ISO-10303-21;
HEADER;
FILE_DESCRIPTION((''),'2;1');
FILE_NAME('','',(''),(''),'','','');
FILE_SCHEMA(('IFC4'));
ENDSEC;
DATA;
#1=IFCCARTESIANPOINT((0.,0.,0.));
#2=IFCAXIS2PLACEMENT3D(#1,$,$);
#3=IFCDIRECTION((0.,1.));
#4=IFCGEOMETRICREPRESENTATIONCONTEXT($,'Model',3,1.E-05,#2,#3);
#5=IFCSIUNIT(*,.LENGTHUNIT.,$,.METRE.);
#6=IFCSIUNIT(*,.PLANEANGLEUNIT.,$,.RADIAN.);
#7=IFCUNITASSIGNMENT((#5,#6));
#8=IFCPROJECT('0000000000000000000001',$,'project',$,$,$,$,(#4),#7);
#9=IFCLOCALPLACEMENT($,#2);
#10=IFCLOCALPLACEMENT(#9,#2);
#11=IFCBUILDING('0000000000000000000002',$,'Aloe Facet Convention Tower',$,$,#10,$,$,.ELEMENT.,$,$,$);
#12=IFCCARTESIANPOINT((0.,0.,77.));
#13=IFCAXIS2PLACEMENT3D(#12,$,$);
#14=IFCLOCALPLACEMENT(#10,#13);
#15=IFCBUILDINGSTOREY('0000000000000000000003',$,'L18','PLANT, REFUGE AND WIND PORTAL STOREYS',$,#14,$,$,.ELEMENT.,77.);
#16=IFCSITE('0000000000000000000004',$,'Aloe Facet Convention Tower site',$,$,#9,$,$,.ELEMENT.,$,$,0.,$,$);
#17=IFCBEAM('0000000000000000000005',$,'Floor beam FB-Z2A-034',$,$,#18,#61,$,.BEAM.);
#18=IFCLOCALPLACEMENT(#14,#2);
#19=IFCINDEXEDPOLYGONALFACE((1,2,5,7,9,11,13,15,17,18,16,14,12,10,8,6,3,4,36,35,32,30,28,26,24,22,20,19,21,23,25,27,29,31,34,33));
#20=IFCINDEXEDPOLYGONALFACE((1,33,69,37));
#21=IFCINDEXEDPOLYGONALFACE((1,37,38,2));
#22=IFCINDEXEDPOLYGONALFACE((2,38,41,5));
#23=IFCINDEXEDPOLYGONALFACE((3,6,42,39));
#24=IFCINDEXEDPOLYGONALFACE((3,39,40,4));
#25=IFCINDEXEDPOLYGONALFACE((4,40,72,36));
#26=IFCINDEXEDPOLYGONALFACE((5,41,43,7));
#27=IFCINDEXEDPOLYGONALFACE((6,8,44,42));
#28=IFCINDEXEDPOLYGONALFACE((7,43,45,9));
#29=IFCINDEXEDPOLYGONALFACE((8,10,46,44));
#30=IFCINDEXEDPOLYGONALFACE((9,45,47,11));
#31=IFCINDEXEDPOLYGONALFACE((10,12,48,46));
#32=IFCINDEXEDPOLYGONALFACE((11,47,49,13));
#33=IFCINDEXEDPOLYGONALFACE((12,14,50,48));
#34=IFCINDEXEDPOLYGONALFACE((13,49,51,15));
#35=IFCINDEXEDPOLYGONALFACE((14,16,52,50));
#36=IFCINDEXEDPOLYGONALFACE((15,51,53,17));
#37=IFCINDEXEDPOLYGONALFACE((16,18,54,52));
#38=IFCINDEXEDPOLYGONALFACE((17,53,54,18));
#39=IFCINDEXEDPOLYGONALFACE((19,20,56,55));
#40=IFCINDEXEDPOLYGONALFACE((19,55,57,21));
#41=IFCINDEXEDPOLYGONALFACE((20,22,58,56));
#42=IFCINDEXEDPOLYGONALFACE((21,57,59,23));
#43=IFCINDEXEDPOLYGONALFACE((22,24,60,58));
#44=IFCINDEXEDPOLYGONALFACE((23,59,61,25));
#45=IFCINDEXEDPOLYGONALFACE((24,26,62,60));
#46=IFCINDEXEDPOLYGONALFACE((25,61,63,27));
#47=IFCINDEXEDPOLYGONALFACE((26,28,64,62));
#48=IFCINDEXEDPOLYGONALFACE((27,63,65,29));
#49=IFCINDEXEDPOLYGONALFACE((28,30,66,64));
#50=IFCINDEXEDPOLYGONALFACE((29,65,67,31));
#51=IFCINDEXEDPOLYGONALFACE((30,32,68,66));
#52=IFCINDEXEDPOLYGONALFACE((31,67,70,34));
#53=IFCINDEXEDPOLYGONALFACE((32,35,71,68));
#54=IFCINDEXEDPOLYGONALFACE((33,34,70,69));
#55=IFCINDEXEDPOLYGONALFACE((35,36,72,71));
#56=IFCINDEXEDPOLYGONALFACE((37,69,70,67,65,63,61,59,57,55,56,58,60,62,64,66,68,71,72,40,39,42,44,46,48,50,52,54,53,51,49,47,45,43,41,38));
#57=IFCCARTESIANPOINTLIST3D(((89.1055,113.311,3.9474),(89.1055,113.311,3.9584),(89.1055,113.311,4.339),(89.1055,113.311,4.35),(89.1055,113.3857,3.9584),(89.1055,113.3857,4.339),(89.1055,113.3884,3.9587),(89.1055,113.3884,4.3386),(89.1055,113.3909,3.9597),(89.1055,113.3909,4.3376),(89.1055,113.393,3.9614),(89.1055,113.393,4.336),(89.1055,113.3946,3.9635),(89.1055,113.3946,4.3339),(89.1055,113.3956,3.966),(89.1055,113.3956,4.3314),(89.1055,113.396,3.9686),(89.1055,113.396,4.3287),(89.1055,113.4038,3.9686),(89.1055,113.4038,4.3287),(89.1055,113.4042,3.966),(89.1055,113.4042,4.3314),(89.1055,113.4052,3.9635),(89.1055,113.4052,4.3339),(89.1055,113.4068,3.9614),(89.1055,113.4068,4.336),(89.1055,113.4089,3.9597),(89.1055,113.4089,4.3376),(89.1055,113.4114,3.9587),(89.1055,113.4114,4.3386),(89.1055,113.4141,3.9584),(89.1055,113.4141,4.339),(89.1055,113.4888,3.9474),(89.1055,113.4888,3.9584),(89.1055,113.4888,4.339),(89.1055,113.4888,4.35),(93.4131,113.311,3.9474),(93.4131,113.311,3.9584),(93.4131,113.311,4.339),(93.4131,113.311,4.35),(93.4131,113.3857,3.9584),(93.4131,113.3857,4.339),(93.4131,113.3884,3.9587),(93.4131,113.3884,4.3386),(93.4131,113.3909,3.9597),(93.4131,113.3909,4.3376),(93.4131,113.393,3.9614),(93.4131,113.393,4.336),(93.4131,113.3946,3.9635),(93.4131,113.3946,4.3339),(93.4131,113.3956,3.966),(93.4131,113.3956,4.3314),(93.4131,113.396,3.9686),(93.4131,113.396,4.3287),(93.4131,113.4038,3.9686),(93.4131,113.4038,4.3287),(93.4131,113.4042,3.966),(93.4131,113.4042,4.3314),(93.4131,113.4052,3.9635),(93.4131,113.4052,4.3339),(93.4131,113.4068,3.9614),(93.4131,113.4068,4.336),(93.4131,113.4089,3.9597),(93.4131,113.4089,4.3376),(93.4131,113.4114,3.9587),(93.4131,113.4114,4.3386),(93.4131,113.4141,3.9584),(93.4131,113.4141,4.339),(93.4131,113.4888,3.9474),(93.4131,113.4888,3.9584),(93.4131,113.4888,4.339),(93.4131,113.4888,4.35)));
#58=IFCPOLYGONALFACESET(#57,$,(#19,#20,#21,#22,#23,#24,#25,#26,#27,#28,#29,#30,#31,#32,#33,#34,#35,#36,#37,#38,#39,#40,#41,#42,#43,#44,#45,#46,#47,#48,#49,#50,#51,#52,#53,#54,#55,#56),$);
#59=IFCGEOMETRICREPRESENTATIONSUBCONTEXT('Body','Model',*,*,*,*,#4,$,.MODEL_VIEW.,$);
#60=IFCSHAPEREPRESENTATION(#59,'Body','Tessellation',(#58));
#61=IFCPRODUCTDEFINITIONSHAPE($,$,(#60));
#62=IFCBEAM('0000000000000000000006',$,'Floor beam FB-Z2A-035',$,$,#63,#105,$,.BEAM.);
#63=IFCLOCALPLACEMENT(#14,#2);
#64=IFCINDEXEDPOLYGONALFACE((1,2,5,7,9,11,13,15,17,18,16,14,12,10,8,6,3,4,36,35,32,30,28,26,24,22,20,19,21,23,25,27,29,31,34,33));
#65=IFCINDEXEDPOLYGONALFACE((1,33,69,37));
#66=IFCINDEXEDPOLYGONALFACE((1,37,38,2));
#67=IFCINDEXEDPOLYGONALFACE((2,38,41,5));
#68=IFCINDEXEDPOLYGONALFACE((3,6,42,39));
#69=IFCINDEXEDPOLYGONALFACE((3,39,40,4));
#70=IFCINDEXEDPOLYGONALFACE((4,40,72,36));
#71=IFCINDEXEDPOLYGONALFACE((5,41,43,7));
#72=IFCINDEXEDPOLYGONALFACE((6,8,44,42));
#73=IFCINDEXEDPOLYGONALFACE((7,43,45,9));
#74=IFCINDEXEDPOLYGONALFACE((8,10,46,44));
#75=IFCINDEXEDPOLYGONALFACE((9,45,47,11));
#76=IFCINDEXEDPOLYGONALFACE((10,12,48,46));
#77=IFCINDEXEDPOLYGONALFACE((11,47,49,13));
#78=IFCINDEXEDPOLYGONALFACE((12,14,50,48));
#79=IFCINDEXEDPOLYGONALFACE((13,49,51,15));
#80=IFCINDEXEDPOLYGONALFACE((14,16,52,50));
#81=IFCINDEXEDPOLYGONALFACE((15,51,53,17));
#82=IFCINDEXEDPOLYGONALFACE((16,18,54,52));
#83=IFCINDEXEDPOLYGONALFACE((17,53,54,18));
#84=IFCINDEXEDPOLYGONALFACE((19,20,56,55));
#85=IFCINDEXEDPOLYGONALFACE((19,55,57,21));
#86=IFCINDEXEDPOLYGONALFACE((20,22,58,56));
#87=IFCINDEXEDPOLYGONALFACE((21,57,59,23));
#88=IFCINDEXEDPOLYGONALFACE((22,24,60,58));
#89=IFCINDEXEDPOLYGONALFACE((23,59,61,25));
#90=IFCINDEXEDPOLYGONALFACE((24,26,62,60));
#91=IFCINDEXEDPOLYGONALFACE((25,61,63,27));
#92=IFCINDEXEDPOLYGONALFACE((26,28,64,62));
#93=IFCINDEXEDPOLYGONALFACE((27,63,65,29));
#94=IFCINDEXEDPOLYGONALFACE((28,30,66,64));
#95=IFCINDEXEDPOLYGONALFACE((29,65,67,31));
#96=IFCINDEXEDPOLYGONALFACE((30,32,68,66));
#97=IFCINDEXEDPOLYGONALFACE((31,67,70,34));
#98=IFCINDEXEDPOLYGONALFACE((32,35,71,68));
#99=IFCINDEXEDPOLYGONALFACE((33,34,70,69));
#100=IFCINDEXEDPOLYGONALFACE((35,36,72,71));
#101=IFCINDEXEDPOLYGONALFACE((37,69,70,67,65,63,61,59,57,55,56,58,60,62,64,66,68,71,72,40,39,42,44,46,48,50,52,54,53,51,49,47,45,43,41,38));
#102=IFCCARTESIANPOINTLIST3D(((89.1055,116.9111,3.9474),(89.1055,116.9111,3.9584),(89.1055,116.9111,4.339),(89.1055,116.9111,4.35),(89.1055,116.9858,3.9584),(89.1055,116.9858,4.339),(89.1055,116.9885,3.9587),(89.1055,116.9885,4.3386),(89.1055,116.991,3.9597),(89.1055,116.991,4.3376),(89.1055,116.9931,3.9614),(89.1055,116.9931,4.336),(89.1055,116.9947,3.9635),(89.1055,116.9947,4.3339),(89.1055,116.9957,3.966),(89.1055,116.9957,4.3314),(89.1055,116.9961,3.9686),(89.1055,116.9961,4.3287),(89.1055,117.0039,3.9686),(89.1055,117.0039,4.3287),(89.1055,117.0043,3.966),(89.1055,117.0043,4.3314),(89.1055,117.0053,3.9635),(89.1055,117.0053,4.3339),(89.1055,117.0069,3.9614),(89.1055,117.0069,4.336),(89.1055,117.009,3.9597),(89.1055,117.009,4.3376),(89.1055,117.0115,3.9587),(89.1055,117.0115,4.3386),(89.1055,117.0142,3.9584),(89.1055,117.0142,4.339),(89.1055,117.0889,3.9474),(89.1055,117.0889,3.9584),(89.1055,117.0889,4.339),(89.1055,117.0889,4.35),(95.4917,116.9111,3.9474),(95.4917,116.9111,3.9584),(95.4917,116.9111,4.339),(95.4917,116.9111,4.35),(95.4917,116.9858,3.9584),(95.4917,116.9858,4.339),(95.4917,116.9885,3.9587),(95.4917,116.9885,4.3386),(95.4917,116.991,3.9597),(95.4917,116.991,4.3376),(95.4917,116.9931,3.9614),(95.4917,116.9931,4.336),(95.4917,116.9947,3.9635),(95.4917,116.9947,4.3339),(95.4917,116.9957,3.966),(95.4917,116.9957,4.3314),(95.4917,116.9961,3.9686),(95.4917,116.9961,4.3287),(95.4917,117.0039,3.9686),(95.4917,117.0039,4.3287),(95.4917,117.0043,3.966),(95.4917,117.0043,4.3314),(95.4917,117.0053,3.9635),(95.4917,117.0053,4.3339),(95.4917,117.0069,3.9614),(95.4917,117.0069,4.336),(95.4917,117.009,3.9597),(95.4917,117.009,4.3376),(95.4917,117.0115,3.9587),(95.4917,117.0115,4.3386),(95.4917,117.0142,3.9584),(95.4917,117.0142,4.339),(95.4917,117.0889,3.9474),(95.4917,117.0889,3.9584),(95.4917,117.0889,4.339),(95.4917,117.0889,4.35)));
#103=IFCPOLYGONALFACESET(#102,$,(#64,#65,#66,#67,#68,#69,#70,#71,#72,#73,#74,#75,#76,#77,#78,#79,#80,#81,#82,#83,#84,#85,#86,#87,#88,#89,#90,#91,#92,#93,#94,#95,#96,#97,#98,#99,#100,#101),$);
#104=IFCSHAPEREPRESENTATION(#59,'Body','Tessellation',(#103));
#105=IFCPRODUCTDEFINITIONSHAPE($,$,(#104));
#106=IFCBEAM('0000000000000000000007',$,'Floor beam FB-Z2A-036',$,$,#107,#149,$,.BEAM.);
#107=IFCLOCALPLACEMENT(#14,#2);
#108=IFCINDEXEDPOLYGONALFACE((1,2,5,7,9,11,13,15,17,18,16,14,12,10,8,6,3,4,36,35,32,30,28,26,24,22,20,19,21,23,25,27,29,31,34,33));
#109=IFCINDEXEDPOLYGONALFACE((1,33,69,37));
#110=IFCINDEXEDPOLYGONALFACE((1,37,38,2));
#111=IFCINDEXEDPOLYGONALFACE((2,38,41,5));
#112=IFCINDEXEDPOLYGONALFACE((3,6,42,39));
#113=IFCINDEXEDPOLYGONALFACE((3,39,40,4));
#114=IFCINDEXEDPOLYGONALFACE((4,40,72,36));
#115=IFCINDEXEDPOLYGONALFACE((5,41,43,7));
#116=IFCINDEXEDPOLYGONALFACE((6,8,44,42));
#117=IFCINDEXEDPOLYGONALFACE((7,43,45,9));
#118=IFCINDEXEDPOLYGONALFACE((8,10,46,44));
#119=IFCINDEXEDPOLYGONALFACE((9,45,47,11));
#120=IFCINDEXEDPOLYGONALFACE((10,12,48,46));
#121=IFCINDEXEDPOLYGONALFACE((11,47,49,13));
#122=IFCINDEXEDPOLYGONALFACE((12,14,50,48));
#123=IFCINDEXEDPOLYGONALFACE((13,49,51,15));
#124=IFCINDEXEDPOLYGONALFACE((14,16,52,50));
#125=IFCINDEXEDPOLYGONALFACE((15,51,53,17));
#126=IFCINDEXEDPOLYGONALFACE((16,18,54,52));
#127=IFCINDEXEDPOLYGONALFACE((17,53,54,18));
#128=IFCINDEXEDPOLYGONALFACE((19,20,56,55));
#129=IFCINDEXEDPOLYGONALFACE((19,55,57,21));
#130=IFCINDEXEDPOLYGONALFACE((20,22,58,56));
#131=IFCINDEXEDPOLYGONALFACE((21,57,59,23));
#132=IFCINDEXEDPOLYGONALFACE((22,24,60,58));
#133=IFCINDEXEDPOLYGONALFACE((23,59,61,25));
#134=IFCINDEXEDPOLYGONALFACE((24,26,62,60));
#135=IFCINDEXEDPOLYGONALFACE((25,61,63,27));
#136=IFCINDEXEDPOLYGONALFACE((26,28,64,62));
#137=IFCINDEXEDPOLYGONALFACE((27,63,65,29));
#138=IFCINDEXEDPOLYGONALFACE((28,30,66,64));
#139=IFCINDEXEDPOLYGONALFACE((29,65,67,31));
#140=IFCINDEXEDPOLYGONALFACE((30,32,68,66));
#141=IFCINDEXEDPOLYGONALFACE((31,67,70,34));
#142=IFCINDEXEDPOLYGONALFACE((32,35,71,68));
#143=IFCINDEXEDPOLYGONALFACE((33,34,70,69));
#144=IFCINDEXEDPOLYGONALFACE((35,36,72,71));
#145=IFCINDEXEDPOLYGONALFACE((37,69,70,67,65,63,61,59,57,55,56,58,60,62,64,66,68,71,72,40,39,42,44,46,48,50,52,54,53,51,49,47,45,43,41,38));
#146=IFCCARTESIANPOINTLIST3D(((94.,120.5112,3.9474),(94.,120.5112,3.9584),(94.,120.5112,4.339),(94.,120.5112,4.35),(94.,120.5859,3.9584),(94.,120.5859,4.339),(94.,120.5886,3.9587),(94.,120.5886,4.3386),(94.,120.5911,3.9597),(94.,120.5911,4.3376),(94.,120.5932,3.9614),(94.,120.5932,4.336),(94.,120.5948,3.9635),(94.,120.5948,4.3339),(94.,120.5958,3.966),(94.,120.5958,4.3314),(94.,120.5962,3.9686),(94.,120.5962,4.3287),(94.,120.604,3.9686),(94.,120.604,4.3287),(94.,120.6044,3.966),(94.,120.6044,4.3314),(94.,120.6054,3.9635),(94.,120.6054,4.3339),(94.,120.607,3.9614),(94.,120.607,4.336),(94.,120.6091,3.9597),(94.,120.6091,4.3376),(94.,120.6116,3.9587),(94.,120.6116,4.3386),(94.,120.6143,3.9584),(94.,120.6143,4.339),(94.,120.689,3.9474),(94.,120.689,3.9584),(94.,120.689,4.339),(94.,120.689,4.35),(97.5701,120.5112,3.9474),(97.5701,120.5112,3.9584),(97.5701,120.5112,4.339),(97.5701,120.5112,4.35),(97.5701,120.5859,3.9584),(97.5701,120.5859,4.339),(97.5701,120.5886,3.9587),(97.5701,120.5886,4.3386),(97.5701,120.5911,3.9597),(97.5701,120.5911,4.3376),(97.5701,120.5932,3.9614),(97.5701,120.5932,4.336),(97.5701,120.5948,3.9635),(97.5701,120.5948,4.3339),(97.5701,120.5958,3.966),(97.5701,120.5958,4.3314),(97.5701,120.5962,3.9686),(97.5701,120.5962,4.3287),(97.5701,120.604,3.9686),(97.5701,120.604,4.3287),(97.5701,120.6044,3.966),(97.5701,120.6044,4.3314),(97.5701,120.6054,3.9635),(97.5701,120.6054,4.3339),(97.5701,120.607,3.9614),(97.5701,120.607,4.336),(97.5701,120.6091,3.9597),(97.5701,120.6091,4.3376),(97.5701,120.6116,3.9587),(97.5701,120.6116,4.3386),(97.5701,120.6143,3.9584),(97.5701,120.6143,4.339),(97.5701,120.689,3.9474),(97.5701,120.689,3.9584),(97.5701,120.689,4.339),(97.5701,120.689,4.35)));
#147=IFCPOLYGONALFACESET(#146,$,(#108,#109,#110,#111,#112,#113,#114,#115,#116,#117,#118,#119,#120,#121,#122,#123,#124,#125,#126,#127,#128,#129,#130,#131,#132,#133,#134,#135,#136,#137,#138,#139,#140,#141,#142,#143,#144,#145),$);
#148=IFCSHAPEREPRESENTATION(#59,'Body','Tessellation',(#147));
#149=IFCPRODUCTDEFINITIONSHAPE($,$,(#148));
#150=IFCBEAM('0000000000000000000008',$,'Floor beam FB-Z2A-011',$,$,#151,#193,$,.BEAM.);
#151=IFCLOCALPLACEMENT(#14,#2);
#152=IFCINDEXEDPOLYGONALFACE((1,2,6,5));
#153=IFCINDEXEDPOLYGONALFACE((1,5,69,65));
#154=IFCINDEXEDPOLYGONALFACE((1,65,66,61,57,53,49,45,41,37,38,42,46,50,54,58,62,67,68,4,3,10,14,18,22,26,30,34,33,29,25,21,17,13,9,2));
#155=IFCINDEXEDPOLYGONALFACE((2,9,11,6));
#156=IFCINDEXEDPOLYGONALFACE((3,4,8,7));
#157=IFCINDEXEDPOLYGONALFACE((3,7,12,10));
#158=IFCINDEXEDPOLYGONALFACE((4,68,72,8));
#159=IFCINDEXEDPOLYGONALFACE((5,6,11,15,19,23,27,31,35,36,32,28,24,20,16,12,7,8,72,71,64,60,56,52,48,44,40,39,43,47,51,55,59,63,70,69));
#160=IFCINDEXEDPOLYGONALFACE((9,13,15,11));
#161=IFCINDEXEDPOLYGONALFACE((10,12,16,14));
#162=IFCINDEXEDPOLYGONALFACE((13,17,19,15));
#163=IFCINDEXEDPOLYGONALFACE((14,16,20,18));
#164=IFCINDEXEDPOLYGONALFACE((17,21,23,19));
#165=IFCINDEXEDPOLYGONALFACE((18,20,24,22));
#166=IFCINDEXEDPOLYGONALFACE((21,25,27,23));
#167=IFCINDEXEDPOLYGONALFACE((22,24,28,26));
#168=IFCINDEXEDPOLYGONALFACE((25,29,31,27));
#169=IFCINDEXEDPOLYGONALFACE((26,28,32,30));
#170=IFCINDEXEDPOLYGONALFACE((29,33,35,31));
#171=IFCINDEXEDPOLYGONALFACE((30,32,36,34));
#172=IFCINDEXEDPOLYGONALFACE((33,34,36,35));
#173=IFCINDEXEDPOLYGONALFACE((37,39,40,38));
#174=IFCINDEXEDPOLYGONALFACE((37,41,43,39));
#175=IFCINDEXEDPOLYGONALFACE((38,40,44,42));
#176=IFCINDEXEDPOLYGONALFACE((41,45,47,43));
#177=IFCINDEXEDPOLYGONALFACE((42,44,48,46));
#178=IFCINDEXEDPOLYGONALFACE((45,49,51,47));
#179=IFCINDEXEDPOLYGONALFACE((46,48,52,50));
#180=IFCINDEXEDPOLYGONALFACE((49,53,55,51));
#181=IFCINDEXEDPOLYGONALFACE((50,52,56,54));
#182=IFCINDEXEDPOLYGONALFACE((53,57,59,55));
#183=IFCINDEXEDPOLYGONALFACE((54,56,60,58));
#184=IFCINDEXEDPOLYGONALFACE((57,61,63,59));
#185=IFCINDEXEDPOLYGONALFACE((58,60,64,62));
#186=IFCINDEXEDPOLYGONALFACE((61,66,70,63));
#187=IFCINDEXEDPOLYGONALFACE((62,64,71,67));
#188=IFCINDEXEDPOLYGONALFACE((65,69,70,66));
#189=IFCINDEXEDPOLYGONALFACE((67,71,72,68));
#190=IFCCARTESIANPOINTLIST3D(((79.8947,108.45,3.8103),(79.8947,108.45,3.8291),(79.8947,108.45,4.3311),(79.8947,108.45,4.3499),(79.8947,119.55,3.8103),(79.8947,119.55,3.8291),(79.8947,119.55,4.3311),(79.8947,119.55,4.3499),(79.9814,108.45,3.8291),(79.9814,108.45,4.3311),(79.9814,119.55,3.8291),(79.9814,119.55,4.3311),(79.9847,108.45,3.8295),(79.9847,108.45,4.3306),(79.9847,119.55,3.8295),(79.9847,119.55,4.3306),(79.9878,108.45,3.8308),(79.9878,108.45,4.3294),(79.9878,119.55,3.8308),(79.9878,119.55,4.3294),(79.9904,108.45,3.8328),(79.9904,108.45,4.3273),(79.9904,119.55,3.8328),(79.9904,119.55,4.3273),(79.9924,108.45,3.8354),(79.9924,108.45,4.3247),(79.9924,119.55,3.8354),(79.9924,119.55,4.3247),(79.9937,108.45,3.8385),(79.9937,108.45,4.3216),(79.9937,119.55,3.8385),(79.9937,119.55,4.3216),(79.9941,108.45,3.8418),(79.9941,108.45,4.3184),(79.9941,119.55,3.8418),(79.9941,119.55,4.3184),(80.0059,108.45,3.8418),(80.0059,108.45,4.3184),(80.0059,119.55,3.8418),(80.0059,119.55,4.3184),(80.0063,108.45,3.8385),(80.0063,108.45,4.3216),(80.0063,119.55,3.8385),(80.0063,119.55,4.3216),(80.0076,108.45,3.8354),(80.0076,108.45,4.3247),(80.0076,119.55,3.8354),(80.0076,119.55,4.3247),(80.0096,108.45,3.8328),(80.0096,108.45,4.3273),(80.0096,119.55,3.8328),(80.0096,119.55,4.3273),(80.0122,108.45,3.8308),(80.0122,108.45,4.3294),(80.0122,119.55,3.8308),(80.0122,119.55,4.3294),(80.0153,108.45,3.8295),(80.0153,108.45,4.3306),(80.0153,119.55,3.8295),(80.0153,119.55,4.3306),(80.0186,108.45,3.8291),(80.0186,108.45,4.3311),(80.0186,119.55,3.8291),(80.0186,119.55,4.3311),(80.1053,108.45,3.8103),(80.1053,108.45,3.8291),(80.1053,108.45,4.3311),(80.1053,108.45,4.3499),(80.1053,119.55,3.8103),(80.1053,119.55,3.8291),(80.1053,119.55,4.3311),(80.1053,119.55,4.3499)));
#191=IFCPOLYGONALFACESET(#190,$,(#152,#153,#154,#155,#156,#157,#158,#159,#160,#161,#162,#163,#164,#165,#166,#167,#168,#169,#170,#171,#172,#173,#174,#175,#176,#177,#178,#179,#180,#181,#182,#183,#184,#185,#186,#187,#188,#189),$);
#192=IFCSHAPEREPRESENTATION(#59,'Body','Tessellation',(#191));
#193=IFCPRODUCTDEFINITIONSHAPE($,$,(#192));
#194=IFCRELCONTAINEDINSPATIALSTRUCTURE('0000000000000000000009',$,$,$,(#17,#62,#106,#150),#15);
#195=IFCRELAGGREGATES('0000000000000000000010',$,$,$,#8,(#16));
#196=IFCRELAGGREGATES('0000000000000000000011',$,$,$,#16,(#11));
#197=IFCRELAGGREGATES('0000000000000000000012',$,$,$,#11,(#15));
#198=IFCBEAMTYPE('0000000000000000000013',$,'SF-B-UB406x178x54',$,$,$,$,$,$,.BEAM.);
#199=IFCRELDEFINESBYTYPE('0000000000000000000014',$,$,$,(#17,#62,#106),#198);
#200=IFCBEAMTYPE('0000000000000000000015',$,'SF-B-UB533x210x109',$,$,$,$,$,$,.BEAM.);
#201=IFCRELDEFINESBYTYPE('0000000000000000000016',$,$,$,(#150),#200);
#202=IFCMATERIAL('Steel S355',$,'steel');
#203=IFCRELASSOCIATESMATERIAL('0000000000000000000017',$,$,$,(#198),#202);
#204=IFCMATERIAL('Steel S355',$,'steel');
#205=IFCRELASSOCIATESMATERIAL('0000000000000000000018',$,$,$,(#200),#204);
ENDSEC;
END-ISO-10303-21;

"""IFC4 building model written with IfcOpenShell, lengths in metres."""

from ifc_helpers import new_model, si_unit, direction, frame, origin, origin_2d, place, context, subcontext, project, spatial, i_section, extrude, material, material_profile, profile_set, type_object, element, save


model = new_model("IFC4")

# Units and contexts
model_context = context("Model", 3, precision=1e-05, world=origin(), true_north=direction((0.0, 1.0)))
body_context = subcontext(model_context, "Body", "Model", "MODEL_VIEW")
ifc_project = project(units=[si_unit("LENGTHUNIT", "METRE"), si_unit("PLANEANGLEUNIT", "RADIAN")], contexts=[model_context])

# Site, building, storey
site_placement = place(None, origin())
site = spatial("IfcSite", under=ifc_project, at=site_placement, Name="Aloe Facet Convention Tower site", CompositionType="ELEMENT", RefElevation=0.0)
building_placement = place(site_placement, origin())
building = spatial("IfcBuilding", under=site, at=building_placement, Name="Aloe Facet Convention Tower", CompositionType="ELEMENT")
storey_placement = place(building_placement, frame((0.0, 0.0, 77.0)))
storey = spatial("IfcBuildingStorey", under=building, at=storey_placement, Name="L18", Description="PLANT, REFUGE AND WIND PORTAL STOREYS", CompositionType="ELEMENT", Elevation=77.0)

# Beams
ifc_material_1 = material(Name="Steel S355", Category="steel")
ifc_material_profile_1 = material_profile(ifc_material_1, i_section(OverallWidth=0.1777, OverallDepth=0.4026, WebThickness=0.0078, FlangeThickness=0.011, FilletRadius=0.0103, at=origin_2d()), Name="UB 406x178x54")
ifc_profile_set_1 = profile_set([ifc_material_profile_1], Name="Steel S355")
beam_type_1 = type_object("IfcBeamType", Name="SF-B-UB406x178x54", PredefinedType="BEAM", material=ifc_profile_set_1)
beam_1_placement = place(storey_placement, frame((89.1055, 113.3999, 4.1487), z_axis=(1.0, 0.0, 0.0), x_axis=(0.0, 1.0, 0.0)))
element("IfcBeam", 1, at=beam_1_placement, inside=storey, type_object=beam_type_1, Name="Floor beam FB-Z2A-034", PredefinedType="BEAM", context=body_context, shape_type="SweptSolid", body=[
    extrude(i_section(OverallWidth=0.1777, OverallDepth=0.4026, WebThickness=0.0078, FlangeThickness=0.011, FilletRadius=0.0103, at=origin_2d()), origin(), (0.0, 0.0, 1.0), 4.3076),
])
beam_2_placement = place(storey_placement, frame((89.1055, 117.0, 4.1487), z_axis=(1.0, 0.0, 0.0), x_axis=(0.0, 1.0, 0.0)))
element("IfcBeam", 2, at=beam_2_placement, inside=storey, type_object=beam_type_1, Name="Floor beam FB-Z2A-035", PredefinedType="BEAM", context=body_context, shape_type="SweptSolid", body=[
    extrude(i_section(OverallWidth=0.1777, OverallDepth=0.4026, WebThickness=0.0078, FlangeThickness=0.011, FilletRadius=0.0103, at=origin_2d()), origin(), (0.0, 0.0, 1.0), 6.3862),
])
beam_3_placement = place(storey_placement, frame((94.0, 120.6001, 4.1487), z_axis=(1.0, 0.0, 0.0), x_axis=(0.0, 1.0, 0.0)))
element("IfcBeam", 3, at=beam_3_placement, inside=storey, type_object=beam_type_1, Name="Floor beam FB-Z2A-036", PredefinedType="BEAM", context=body_context, shape_type="SweptSolid", body=[
    extrude(i_section(OverallWidth=0.1777, OverallDepth=0.4026, WebThickness=0.0078, FlangeThickness=0.011, FilletRadius=0.0103, at=origin_2d()), origin(), (0.0, 0.0, 1.0), 3.5701),
])
ifc_material_2 = material(Name="Steel S355", Category="steel")
ifc_material_profile_2 = material_profile(ifc_material_2, i_section(OverallWidth=0.2107, OverallDepth=0.5396, WebThickness=0.0117, FlangeThickness=0.0188, FilletRadius=0.0127, at=origin_2d()), Name="UB 533x210x109")
ifc_profile_set_2 = profile_set([ifc_material_profile_2], Name="Steel S355")
beam_type_2 = type_object("IfcBeamType", Name="SF-B-UB533x210x109", PredefinedType="BEAM", material=ifc_profile_set_2)
beam_4_placement = place(storey_placement, frame((80.0, 119.55, 4.0801), z_axis=(0.0, -1.0, 0.0), x_axis=(1.0, 0.0, 0.0)))
element("IfcBeam", 4, at=beam_4_placement, inside=storey, type_object=beam_type_2, Name="Floor beam FB-Z2A-011", PredefinedType="BEAM", context=body_context, shape_type="SweptSolid", body=[
    extrude(i_section(OverallWidth=0.2107, OverallDepth=0.5396, WebThickness=0.0117, FlangeThickness=0.0188, FilletRadius=0.0127, at=origin_2d()), origin(), (0.0, 0.0, 1.0), 11.1001),
])

save(model, "model.ifc")
